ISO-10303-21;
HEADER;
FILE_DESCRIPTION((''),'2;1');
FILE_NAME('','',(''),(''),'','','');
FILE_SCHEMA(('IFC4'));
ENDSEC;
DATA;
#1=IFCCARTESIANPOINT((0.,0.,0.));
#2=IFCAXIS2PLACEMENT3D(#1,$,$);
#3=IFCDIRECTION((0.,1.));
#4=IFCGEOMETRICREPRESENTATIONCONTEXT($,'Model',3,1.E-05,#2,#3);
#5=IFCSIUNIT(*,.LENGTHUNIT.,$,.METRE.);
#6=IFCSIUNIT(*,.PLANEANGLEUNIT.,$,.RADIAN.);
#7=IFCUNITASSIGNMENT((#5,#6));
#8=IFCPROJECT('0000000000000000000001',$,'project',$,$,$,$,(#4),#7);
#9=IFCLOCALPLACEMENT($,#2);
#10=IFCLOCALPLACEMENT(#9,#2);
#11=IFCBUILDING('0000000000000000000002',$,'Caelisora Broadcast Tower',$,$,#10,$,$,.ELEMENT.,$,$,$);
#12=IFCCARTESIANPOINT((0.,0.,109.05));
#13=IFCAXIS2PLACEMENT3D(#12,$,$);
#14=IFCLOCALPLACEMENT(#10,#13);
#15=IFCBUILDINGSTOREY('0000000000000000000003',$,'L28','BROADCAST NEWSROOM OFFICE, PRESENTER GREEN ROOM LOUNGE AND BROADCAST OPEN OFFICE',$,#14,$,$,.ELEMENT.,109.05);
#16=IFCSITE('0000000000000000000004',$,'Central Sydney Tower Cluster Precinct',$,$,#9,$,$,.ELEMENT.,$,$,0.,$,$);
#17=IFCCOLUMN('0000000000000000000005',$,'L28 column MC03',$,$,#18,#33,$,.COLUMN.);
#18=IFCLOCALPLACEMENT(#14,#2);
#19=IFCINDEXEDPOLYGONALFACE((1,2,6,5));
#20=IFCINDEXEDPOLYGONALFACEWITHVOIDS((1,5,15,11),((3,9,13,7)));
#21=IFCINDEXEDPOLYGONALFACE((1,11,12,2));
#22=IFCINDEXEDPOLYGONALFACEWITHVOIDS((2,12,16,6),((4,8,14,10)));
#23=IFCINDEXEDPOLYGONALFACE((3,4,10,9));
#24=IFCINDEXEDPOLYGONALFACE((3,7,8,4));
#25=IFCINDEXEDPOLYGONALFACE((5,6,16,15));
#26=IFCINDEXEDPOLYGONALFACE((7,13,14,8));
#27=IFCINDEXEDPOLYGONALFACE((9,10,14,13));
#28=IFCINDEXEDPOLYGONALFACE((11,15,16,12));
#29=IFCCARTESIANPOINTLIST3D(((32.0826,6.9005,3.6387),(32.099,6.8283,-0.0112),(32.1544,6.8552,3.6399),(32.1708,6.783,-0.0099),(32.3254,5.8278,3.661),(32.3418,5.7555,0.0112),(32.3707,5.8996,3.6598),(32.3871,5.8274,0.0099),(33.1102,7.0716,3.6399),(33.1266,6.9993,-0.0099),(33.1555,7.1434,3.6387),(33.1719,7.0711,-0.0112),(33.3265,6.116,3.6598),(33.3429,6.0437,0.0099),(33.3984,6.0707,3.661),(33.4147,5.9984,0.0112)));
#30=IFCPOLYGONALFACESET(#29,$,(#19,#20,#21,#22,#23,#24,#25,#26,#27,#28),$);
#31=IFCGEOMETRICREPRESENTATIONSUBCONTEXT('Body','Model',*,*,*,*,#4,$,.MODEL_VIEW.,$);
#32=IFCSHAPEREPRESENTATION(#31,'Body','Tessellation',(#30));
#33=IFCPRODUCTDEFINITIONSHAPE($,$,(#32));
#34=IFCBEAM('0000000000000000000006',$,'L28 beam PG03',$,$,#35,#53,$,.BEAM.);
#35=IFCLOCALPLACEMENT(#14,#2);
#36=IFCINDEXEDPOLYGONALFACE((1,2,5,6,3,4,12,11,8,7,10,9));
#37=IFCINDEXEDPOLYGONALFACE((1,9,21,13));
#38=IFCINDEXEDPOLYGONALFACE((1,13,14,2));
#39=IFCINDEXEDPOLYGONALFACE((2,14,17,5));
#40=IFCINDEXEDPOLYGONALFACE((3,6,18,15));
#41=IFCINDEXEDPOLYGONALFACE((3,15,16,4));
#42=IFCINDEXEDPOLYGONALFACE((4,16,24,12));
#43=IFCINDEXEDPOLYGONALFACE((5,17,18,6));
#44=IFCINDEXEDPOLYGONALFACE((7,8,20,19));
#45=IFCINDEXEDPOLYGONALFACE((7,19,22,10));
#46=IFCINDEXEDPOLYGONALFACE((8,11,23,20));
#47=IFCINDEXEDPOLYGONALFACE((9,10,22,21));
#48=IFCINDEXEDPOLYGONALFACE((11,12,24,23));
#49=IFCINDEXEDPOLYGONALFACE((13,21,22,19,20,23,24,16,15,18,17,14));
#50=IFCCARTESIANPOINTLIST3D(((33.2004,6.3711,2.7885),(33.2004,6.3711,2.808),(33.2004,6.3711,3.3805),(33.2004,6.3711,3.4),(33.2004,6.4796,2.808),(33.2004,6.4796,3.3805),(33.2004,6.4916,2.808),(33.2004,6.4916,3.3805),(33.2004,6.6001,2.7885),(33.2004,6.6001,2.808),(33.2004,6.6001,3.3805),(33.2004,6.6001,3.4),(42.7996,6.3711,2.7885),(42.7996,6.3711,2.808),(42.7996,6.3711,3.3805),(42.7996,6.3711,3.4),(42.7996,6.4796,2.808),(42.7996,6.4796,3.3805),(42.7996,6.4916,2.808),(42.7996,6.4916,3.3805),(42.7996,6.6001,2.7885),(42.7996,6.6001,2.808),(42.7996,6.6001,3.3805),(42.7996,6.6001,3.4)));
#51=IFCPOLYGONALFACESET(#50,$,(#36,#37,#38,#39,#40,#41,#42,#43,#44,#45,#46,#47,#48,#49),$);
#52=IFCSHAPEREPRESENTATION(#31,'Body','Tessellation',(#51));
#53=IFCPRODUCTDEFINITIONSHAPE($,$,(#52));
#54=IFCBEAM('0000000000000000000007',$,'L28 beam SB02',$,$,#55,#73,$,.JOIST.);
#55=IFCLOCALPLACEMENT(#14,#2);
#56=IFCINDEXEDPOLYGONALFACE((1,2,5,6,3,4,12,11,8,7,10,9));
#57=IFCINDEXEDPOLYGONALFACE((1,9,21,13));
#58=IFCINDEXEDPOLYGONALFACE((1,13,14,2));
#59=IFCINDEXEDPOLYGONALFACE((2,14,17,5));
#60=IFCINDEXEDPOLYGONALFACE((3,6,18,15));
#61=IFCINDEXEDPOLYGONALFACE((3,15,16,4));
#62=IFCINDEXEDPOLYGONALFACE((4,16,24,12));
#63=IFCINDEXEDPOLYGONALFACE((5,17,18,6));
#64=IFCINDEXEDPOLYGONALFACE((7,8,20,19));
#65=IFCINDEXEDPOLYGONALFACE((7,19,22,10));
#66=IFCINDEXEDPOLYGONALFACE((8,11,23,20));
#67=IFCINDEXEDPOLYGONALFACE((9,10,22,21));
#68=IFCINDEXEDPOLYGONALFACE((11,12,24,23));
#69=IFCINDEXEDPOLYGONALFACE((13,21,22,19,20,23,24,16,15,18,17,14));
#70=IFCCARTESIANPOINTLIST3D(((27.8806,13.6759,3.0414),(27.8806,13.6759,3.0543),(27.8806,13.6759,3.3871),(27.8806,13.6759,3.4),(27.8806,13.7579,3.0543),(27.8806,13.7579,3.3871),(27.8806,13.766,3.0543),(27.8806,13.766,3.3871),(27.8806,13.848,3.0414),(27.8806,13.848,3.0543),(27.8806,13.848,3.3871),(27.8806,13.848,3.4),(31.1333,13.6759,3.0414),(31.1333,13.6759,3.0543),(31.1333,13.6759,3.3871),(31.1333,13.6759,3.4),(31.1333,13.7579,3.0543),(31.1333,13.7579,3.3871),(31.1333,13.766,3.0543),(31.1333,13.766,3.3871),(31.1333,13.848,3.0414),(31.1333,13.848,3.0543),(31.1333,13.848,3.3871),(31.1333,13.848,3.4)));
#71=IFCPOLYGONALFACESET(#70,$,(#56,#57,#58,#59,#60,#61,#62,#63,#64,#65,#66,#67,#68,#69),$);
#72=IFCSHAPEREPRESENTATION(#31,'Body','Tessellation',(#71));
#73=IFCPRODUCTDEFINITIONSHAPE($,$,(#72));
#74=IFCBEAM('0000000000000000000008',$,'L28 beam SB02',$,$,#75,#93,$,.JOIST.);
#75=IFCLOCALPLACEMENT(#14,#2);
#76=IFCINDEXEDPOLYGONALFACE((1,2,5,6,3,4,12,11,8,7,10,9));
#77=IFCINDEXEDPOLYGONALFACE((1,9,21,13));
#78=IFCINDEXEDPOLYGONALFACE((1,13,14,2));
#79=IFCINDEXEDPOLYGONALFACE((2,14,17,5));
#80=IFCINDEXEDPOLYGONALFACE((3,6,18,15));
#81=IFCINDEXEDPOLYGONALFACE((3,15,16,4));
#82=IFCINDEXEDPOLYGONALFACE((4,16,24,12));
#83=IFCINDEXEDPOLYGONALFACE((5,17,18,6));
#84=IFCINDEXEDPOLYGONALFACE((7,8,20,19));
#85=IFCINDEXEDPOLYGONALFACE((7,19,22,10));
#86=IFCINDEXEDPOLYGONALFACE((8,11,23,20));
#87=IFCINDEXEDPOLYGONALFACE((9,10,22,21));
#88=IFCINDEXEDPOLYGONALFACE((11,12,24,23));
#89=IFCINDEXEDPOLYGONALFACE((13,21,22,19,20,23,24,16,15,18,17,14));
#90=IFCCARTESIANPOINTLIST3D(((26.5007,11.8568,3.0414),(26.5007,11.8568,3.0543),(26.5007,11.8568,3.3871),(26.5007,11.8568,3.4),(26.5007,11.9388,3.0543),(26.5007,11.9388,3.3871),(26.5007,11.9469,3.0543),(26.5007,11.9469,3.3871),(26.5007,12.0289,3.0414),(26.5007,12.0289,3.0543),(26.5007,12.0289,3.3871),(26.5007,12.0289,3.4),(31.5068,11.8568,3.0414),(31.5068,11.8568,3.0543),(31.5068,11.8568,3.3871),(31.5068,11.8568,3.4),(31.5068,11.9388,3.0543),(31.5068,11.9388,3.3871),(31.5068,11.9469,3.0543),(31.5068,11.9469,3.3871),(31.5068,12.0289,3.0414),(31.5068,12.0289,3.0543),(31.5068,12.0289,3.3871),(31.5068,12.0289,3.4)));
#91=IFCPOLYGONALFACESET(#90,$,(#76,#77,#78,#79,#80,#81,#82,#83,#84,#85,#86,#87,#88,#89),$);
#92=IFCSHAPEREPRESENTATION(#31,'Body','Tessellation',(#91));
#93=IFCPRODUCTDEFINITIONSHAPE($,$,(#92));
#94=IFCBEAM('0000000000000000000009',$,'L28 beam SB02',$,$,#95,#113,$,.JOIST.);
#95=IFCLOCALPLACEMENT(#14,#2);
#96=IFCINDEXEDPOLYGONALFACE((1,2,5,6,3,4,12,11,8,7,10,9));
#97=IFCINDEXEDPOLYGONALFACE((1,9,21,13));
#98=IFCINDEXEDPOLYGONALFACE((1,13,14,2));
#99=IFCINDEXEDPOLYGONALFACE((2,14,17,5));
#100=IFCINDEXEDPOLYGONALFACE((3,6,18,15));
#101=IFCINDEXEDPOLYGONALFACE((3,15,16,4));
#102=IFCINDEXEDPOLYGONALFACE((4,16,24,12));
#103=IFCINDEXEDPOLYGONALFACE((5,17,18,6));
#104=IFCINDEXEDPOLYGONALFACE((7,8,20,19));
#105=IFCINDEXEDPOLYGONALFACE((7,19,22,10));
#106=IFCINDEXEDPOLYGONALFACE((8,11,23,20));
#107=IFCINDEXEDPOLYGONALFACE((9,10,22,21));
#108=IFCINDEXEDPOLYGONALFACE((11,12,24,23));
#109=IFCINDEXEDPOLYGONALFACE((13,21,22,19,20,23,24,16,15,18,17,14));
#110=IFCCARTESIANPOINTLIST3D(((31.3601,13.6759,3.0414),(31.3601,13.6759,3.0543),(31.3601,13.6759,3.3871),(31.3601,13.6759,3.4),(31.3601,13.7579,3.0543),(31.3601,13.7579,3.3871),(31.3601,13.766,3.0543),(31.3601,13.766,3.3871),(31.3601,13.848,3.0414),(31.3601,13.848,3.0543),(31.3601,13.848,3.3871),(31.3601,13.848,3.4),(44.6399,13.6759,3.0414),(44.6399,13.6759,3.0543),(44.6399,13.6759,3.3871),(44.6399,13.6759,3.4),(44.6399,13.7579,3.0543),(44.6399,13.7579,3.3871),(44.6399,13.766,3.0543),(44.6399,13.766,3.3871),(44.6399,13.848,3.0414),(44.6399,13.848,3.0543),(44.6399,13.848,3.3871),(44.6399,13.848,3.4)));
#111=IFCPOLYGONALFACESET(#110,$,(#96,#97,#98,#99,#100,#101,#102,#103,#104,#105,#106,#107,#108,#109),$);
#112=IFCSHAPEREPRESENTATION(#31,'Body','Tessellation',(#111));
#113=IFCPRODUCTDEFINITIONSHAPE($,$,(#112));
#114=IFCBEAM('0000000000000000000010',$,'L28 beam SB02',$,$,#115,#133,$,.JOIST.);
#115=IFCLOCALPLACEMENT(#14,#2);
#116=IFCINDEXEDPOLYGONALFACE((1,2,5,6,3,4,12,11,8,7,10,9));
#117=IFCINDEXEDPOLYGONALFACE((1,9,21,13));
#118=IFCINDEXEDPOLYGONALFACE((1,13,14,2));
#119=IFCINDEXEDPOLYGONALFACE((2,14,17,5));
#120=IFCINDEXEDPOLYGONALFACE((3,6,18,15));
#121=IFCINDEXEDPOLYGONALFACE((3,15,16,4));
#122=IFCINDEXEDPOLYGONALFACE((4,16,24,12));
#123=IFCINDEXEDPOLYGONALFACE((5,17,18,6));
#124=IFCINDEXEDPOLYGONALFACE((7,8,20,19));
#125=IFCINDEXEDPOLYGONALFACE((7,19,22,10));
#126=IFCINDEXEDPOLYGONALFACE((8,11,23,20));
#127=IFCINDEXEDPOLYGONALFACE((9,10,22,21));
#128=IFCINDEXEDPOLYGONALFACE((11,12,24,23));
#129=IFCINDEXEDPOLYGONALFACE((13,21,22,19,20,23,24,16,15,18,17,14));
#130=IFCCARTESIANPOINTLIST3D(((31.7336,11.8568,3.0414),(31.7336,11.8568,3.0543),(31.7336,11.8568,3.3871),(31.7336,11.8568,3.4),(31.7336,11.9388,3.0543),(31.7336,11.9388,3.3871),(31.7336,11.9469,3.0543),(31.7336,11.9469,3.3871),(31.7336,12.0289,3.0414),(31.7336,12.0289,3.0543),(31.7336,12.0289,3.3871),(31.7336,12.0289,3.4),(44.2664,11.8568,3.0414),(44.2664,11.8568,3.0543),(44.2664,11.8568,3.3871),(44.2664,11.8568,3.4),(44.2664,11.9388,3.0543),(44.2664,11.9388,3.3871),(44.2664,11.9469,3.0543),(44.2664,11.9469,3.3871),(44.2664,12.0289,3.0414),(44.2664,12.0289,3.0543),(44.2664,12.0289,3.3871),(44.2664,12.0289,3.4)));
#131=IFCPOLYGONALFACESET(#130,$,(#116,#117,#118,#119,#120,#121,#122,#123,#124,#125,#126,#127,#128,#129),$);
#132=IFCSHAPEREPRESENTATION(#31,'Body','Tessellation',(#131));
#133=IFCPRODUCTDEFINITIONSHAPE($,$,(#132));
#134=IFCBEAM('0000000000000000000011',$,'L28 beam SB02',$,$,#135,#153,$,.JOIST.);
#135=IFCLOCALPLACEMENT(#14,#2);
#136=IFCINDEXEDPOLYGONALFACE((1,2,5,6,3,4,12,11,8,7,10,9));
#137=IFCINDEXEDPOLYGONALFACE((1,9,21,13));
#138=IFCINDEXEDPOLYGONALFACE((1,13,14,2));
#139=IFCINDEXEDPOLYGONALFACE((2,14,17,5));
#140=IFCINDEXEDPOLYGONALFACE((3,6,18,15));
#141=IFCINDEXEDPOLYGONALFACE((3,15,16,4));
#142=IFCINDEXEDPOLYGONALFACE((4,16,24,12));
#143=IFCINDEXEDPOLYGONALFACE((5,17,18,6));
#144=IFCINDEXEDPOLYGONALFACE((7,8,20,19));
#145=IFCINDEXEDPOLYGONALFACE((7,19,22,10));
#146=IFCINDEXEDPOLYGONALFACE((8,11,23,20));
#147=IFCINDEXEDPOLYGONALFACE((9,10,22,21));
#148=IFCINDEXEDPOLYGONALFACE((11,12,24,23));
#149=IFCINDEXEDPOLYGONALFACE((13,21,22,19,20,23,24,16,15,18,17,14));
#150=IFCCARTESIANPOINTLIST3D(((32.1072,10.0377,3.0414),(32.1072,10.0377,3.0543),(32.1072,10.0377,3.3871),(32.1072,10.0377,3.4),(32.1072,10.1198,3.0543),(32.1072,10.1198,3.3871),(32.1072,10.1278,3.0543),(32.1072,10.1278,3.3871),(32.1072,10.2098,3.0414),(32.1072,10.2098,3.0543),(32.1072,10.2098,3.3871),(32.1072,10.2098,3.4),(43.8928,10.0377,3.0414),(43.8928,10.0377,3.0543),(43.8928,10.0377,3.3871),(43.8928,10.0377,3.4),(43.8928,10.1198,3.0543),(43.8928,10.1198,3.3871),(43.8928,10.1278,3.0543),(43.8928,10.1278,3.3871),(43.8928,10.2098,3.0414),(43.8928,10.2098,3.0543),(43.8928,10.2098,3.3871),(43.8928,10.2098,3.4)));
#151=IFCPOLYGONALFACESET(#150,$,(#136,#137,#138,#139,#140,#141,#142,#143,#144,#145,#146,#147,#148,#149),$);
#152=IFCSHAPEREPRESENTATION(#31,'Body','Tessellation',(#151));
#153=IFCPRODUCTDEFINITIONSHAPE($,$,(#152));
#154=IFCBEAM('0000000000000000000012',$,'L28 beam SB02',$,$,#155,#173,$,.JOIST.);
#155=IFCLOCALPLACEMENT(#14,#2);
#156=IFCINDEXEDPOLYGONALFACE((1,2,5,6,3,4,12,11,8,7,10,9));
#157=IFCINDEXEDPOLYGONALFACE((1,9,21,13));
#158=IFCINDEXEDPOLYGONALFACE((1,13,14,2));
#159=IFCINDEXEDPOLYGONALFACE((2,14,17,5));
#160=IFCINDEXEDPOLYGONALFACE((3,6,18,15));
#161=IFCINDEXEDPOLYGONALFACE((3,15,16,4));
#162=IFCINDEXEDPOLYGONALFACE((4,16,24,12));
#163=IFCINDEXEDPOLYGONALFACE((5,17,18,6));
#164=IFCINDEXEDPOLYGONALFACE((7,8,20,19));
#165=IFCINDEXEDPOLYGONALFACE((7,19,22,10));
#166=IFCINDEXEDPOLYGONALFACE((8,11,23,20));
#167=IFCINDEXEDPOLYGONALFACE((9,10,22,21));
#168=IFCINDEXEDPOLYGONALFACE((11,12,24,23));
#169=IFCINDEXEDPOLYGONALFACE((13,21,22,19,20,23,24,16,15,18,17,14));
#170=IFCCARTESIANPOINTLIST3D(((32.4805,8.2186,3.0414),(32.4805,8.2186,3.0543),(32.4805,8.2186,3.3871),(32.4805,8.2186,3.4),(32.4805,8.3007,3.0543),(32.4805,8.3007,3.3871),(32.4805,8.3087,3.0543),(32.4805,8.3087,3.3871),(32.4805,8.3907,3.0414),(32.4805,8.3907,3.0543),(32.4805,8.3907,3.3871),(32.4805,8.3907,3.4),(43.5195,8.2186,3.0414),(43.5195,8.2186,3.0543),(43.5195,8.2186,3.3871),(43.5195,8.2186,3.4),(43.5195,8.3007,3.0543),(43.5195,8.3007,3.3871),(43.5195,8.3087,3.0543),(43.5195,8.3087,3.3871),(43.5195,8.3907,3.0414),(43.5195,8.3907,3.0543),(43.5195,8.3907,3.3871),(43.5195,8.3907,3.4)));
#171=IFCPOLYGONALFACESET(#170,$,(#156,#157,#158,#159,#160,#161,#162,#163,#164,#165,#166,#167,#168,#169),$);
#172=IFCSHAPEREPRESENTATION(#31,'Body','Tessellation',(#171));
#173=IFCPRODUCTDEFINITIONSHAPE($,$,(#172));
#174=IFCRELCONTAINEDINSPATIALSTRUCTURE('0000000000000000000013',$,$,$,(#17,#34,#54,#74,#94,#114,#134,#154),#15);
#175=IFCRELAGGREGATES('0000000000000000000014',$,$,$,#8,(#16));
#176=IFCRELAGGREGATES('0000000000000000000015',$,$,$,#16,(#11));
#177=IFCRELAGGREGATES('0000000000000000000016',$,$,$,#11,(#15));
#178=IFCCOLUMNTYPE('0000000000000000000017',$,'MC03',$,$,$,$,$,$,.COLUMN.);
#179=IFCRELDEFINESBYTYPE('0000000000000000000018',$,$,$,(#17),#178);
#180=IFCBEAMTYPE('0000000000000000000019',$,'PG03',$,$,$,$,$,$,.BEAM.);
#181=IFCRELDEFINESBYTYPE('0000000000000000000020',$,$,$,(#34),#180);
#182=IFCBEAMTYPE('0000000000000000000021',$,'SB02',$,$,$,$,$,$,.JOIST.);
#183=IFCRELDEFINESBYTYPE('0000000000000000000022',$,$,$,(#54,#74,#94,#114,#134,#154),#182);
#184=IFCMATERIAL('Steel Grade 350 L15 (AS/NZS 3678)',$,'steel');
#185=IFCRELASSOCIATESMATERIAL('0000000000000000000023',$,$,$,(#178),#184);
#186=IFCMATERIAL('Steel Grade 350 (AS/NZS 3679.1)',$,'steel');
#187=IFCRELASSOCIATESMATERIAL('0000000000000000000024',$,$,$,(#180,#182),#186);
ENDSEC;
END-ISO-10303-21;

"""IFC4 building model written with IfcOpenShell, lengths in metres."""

from ifc_helpers import new_model, si_unit, direction, frame, origin, origin_2d, place, context, subcontext, project, spatial, hollow_rectangle, i_section, extrude, source, transform, mapped, material, material_profile, profile_set, type_object, type_shapes, element, save


model = new_model("IFC4")

# Units and contexts
model_context = context("Model", 3, precision=1e-05, world=origin(), true_north=direction((0.0, 1.0)))
body_context = subcontext(model_context, "Body", "Model", "MODEL_VIEW")
ifc_project = project(units=[si_unit("LENGTHUNIT", "METRE"), si_unit("PLANEANGLEUNIT", "RADIAN")], contexts=[model_context])

# Site, building, storey
site_placement = place(None, origin())
site = spatial("IfcSite", under=ifc_project, at=site_placement, Name="Central Sydney Tower Cluster Precinct", CompositionType="ELEMENT", RefElevation=0.0)
building_placement = place(site_placement, origin())
building = spatial("IfcBuilding", under=site, at=building_placement, Name="Caelisora Broadcast Tower", CompositionType="ELEMENT")
storey_placement = place(building_placement, frame((0.0, 0.0, 109.05)))
storey = spatial("IfcBuildingStorey", under=building, at=storey_placement, Name="L28", Description="BROADCAST NEWSROOM OFFICE, PRESENTER GREEN ROOM LOUNGE AND BROADCAST OPEN OFFICE", CompositionType="ELEMENT", Elevation=109.05)

# Column
ifc_material_1 = material(Name="Steel Grade 350 L15 (AS/NZS 3678)", Category="steel")
ifc_material_profile_1 = material_profile(ifc_material_1, hollow_rectangle(XDim=1.1001, YDim=1.1001, WallThickness=0.0601, at=origin_2d()), Name="Steel Grade 350 L15 (AS/NZS 3678)")
ifc_profile_set_1 = profile_set([ifc_material_profile_1], Name="Steel Grade 350 L15 (AS/NZS 3678)")
column_type = type_object("IfcColumnType", Name="MC03", PredefinedType="COLUMN", material=ifc_profile_set_1)
shared_shape_1 = source(origin(), body_context, "Body", "SweptSolid", [
    extrude(hollow_rectangle(XDim=1.1001, YDim=1.1001, WallThickness=0.0601, at=origin_2d()), origin(), (0.0, 0.0, 1.0), 3.6506),
])
type_shapes(column_type, [shared_shape_1])
column_placement = place(storey_placement, frame((32.7568, 6.4133, 0.0), z_axis=(-0.004481, 0.019795, 0.999794), x_axis=(-0.975327, -0.220767, 0.0)))
element("IfcColumn", 1, at=column_placement, inside=storey, type_object=column_type, Name="L28 column MC03", PredefinedType="COLUMN", context=body_context, shape_type="MappedRepresentation", body=[
    mapped(shared_shape_1, transform((0.0, 0.0, 0.0), scale=1.0)),
])

# Beams
ifc_material_2 = material(Name="Steel Grade 350 (AS/NZS 3679.1)", Category="steel")
ifc_material_profile_2 = material_profile(ifc_material_2, i_section(OverallWidth=0.229, OverallDepth=0.6116, WebThickness=0.012, FlangeThickness=0.0195, at=origin_2d()), Name="Steel Grade 350 (AS/NZS 3679.1)")
ifc_profile_set_2 = profile_set([ifc_material_profile_2], Name="Steel Grade 350 (AS/NZS 3679.1)")
beam_type_1 = type_object("IfcBeamType", Name="PG03", PredefinedType="BEAM", material=ifc_profile_set_2)
shared_shape_2 = source(origin(), body_context, "Body", "SweptSolid", [
    extrude(i_section(OverallWidth=0.229, OverallDepth=0.6116, WebThickness=0.012, FlangeThickness=0.0195, at=origin_2d()), origin(), (0.0, 0.0, 1.0), 9.5991),
])
type_shapes(beam_type_1, [shared_shape_2])
beam_1_placement = place(storey_placement, frame((33.2004, 6.4856, 3.0942), z_axis=(1.0, 0.0, 0.0), x_axis=(0.0, 1.0, 0.0)))
element("IfcBeam", 2, at=beam_1_placement, inside=storey, type_object=beam_type_1, Name="L28 beam PG03", PredefinedType="BEAM", context=body_context, shape_type="MappedRepresentation", body=[
    mapped(shared_shape_2, transform((0.0, 0.0, 0.0), scale=1.0)),
])
ifc_material_profile_3 = material_profile(ifc_material_2, i_section(OverallWidth=0.1721, OverallDepth=0.3586, WebThickness=0.0081, FlangeThickness=0.0129, at=origin_2d()), Name="Steel Grade 350 (AS/NZS 3679.1)")
ifc_profile_set_3 = profile_set([ifc_material_profile_3], Name="Steel Grade 350 (AS/NZS 3679.1)")
beam_type_2 = type_object("IfcBeamType", Name="SB02", PredefinedType="JOIST", material=ifc_profile_set_3)
shared_shape_3 = source(origin(), body_context, "Body", "SweptSolid", [
    extrude(i_section(OverallWidth=0.1721, OverallDepth=0.3586, WebThickness=0.0081, FlangeThickness=0.0129, at=origin_2d()), origin(), (0.0, 0.0, 1.0), 3.2527),
])
beam_2_placement = place(storey_placement, frame((27.8806, 13.762, 3.2207), z_axis=(1.0, 0.0, 0.0), x_axis=(0.0, 1.0, 0.0)))
element("IfcBeam", 3, at=beam_2_placement, inside=storey, type_object=beam_type_2, Name="L28 beam SB02", PredefinedType="JOIST", context=body_context, shape_type="MappedRepresentation", body=[
    mapped(shared_shape_3, transform((0.0, 0.0, 0.0), scale=1.0)),
])
shared_shape_4 = source(origin(), body_context, "Body", "SweptSolid", [
    extrude(i_section(OverallWidth=0.1721, OverallDepth=0.3586, WebThickness=0.0081, FlangeThickness=0.0129, at=origin_2d()), origin(), (0.0, 0.0, 1.0), 5.0061),
])
beam_3_placement = place(storey_placement, frame((26.5007, 11.9429, 3.2207), z_axis=(1.0, 0.0, 0.0), x_axis=(0.0, 1.0, 0.0)))
element("IfcBeam", 4, at=beam_3_placement, inside=storey, type_object=beam_type_2, Name="L28 beam SB02", PredefinedType="JOIST", context=body_context, shape_type="MappedRepresentation", body=[
    mapped(shared_shape_4, transform((0.0, 0.0, 0.0), scale=1.0)),
])
shared_shape_5 = source(origin(), body_context, "Body", "SweptSolid", [
    extrude(i_section(OverallWidth=0.1721, OverallDepth=0.3586, WebThickness=0.0081, FlangeThickness=0.0129, at=origin_2d()), origin(), (0.0, 0.0, 1.0), 13.2798),
])
beam_4_placement = place(storey_placement, frame((31.3601, 13.762, 3.2207), z_axis=(1.0, 0.0, 0.0), x_axis=(0.0, 1.0, 0.0)))
element("IfcBeam", 5, at=beam_4_placement, inside=storey, type_object=beam_type_2, Name="L28 beam SB02", PredefinedType="JOIST", context=body_context, shape_type="MappedRepresentation", body=[
    mapped(shared_shape_5, transform((0.0, 0.0, 0.0), scale=1.0)),
])
shared_shape_6 = source(origin(), body_context, "Body", "SweptSolid", [
    extrude(i_section(OverallWidth=0.1721, OverallDepth=0.3586, WebThickness=0.0081, FlangeThickness=0.0129, at=origin_2d()), origin(), (0.0, 0.0, 1.0), 12.5327),
])
beam_5_placement = place(storey_placement, frame((31.7336, 11.9429, 3.2207), z_axis=(1.0, 0.0, 0.0), x_axis=(0.0, 1.0, 0.0)))
element("IfcBeam", 6, at=beam_5_placement, inside=storey, type_object=beam_type_2, Name="L28 beam SB02", PredefinedType="JOIST", context=body_context, shape_type="MappedRepresentation", body=[
    mapped(shared_shape_6, transform((0.0, 0.0, 0.0), scale=1.0)),
])
shared_shape_7 = source(origin(), body_context, "Body", "SweptSolid", [
    extrude(i_section(OverallWidth=0.1721, OverallDepth=0.3586, WebThickness=0.0081, FlangeThickness=0.0129, at=origin_2d()), origin(), (0.0, 0.0, 1.0), 11.7856),
])
beam_6_placement = place(storey_placement, frame((32.1072, 10.1238, 3.2207), z_axis=(1.0, 0.0, 0.0), x_axis=(0.0, 1.0, 0.0)))
element("IfcBeam", 7, at=beam_6_placement, inside=storey, type_object=beam_type_2, Name="L28 beam SB02", PredefinedType="JOIST", context=body_context, shape_type="MappedRepresentation", body=[
    mapped(shared_shape_7, transform((0.0, 0.0, 0.0), scale=1.0)),
])
shared_shape_8 = source(origin(), body_context, "Body", "SweptSolid", [
    extrude(i_section(OverallWidth=0.1721, OverallDepth=0.3586, WebThickness=0.0081, FlangeThickness=0.0129, at=origin_2d()), origin(), (0.0, 0.0, 1.0), 11.0391),
])
type_shapes(beam_type_2, [shared_shape_3, shared_shape_4, shared_shape_5, shared_shape_6, shared_shape_7, shared_shape_8])
beam_7_placement = place(storey_placement, frame((32.4805, 8.3047, 3.2207), z_axis=(1.0, 0.0, 0.0), x_axis=(0.0, 1.0, 0.0)))
element("IfcBeam", 8, at=beam_7_placement, inside=storey, type_object=beam_type_2, Name="L28 beam SB02", PredefinedType="JOIST", context=body_context, shape_type="MappedRepresentation", body=[
    mapped(shared_shape_8, transform((0.0, 0.0, 0.0), scale=1.0)),
])

save(model, "model.ifc")
